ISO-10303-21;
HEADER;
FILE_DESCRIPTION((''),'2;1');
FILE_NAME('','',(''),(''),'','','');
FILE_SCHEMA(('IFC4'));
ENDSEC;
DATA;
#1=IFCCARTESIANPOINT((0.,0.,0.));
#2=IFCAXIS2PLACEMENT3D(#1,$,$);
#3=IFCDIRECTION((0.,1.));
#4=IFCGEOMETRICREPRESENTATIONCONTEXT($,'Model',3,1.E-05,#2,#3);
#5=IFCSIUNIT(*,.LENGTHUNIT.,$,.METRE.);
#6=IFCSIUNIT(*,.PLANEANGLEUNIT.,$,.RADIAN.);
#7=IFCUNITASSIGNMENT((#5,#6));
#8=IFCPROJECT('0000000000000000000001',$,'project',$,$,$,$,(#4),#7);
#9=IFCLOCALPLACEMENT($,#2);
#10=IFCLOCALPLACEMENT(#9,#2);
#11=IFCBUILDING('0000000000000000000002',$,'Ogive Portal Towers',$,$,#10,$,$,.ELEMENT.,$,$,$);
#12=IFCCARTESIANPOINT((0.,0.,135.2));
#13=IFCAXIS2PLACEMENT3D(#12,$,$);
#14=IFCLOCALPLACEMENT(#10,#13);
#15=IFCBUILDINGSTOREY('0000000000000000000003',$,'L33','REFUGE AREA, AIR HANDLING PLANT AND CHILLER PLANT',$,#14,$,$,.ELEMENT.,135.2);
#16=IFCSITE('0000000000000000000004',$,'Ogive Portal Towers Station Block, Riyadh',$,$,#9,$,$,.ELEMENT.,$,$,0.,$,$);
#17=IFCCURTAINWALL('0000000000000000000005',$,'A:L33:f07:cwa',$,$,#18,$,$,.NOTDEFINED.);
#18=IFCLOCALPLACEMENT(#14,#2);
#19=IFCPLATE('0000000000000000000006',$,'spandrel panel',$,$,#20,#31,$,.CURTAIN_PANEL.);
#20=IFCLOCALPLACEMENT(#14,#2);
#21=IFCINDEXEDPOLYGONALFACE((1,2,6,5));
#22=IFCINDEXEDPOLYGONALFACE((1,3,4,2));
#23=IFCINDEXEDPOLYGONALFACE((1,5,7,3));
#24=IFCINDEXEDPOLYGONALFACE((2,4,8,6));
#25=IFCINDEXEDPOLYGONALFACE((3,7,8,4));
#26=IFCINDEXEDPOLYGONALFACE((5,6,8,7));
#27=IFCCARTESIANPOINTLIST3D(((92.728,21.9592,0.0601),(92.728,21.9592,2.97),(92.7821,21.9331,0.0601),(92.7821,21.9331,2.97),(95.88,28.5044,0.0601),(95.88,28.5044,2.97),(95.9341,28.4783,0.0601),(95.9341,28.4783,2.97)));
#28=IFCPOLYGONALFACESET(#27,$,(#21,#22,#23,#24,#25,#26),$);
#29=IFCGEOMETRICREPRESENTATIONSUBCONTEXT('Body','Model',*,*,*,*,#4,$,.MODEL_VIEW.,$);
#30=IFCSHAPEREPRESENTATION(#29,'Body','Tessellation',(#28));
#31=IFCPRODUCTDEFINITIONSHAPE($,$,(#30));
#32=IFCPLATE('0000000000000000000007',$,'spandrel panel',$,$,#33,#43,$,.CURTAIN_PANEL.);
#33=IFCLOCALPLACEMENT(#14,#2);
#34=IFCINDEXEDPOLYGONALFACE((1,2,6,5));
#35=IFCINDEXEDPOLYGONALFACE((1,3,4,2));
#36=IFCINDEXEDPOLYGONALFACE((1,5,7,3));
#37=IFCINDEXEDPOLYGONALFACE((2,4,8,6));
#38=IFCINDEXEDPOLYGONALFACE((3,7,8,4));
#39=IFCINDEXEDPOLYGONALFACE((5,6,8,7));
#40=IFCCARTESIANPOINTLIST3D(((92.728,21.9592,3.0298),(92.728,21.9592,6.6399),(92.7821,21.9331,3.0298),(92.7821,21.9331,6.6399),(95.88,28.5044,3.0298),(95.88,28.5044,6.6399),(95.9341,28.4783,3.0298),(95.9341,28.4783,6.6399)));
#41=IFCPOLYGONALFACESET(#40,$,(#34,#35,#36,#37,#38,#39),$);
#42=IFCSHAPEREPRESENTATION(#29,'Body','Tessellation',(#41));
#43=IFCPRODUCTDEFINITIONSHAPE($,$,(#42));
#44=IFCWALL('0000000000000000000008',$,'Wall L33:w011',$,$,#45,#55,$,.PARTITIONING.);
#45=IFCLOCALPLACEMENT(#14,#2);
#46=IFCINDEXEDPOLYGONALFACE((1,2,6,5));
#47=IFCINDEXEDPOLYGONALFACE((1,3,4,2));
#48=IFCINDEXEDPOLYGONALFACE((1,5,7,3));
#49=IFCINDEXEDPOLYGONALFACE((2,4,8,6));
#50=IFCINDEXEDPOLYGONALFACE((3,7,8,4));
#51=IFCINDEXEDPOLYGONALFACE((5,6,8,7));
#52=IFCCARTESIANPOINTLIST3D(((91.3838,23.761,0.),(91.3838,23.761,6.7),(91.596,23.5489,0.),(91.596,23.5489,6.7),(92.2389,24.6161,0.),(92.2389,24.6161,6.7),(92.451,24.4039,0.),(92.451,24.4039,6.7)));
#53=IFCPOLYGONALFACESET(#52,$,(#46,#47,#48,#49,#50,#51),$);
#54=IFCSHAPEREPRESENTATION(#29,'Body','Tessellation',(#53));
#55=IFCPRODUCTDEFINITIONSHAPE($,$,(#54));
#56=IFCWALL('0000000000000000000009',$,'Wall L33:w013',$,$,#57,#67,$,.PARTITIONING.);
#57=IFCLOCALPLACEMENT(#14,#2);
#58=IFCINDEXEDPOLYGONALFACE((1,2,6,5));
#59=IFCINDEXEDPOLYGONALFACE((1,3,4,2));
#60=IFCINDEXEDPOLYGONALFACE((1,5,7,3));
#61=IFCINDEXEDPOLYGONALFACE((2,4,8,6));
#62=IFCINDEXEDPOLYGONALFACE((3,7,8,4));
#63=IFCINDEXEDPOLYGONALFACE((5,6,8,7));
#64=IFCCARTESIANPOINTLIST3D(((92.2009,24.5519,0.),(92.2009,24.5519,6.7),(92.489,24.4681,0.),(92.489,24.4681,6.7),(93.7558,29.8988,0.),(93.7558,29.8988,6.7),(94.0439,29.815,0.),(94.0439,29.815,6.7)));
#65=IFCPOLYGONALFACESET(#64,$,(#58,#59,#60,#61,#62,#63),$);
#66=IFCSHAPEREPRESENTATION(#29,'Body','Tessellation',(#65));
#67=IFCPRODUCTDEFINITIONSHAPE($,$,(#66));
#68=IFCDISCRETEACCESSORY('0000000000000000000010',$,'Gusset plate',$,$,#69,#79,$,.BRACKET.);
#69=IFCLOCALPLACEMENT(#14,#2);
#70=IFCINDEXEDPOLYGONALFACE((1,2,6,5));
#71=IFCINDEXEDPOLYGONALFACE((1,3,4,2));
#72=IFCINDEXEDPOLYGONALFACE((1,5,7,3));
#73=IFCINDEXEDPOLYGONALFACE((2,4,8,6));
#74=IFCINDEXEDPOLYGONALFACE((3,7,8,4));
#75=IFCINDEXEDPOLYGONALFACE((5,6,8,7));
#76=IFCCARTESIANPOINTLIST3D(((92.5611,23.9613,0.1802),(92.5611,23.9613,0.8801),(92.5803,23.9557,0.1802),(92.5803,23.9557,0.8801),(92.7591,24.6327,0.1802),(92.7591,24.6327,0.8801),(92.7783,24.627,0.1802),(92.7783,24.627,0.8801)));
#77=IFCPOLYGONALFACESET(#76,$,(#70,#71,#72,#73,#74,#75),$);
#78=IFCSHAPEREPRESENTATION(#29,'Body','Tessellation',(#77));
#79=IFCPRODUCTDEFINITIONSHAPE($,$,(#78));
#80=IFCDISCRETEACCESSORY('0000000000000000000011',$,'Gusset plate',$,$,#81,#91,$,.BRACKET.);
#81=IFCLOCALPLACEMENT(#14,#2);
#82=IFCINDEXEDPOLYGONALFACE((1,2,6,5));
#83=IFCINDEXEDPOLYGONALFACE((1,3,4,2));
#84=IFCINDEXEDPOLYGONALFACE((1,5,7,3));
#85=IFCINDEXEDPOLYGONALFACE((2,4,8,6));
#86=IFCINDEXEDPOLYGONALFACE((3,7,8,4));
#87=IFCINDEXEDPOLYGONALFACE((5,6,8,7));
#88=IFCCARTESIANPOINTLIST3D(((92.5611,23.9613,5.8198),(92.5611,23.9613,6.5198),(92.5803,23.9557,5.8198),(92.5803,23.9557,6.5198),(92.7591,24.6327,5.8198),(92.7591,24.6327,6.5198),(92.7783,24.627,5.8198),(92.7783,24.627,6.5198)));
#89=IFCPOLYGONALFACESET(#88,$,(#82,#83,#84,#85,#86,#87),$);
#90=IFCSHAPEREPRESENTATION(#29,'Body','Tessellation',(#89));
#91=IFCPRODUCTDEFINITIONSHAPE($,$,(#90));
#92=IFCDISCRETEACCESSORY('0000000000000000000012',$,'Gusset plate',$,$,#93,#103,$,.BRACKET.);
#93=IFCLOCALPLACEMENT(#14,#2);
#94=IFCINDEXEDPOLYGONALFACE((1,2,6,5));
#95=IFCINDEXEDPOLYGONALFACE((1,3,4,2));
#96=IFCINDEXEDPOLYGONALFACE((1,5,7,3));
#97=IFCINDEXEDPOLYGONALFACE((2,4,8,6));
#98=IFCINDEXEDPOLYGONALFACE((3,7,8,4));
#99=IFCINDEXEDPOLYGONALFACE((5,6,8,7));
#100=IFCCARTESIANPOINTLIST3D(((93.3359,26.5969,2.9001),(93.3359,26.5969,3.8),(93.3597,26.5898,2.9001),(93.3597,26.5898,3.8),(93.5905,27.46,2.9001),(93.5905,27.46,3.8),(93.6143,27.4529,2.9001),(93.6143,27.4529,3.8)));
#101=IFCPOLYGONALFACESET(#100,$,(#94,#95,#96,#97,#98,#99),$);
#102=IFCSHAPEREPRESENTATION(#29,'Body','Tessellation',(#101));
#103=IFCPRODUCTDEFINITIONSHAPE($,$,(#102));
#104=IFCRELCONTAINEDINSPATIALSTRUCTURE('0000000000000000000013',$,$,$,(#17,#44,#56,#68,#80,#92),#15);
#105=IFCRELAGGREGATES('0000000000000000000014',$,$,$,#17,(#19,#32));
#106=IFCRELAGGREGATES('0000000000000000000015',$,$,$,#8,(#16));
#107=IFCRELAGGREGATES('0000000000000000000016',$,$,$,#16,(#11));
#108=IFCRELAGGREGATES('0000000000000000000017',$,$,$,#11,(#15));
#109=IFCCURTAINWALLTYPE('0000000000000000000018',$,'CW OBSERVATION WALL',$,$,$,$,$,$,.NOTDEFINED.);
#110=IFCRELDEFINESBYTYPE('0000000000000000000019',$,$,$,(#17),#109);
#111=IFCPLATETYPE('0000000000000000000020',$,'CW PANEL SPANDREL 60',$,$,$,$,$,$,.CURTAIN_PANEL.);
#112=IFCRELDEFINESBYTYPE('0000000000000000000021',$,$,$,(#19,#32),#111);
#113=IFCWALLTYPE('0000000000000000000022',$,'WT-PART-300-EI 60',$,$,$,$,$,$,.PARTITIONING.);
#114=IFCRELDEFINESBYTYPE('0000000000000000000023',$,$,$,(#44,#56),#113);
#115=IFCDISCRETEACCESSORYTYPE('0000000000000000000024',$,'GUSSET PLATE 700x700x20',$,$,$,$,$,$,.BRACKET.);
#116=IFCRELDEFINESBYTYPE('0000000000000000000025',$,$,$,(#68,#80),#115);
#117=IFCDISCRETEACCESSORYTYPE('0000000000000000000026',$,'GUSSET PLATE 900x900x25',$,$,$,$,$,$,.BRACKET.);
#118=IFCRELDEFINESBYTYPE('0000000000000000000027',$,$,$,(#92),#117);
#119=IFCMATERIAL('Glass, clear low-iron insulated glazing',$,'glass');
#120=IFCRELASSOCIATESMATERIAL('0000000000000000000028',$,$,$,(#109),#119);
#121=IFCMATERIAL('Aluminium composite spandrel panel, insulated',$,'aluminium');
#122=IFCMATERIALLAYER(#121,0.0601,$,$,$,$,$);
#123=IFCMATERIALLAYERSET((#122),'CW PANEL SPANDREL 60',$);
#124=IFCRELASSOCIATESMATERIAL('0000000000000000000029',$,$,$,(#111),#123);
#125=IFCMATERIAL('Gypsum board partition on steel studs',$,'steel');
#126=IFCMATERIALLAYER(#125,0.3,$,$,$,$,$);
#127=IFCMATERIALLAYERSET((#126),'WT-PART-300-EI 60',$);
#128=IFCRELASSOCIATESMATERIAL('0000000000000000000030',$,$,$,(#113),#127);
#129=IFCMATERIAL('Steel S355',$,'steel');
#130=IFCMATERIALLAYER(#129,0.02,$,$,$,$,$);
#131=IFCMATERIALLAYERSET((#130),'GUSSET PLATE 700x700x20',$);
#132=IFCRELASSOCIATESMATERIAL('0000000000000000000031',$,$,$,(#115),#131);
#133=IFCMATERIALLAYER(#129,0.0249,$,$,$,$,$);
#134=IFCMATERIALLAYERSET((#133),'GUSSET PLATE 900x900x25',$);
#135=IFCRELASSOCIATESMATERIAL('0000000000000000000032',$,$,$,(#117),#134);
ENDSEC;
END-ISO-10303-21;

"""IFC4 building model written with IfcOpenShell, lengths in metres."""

from ifc_helpers import new_model, si_unit, direction, frame, frame_2d, origin, origin_2d, place, context, subcontext, project, spatial, rectangle, extrude, material, layer, layer_set, type_object, element, aggregate, save


model = new_model("IFC4")

# Units and contexts
model_context = context("Model", 3, precision=1e-05, world=origin(), true_north=direction((0.0, 1.0)))
body_context = subcontext(model_context, "Body", "Model", "MODEL_VIEW")
ifc_project = project(units=[si_unit("LENGTHUNIT", "METRE"), si_unit("PLANEANGLEUNIT", "RADIAN")], contexts=[model_context])

# Site, building, storey
site_placement = place(None, origin())
site = spatial("IfcSite", under=ifc_project, at=site_placement, Name="Ogive Portal Towers Station Block, Riyadh", CompositionType="ELEMENT", RefElevation=0.0)
building_placement = place(site_placement, origin())
building = spatial("IfcBuilding", under=site, at=building_placement, Name="Ogive Portal Towers", CompositionType="ELEMENT")
storey_placement = place(building_placement, frame((0.0, 0.0, 135.2)))
storey = spatial("IfcBuildingStorey", under=building, at=storey_placement, Name="L33", Description="REFUGE AREA, AIR HANDLING PLANT AND CHILLER PLANT", CompositionType="ELEMENT", Elevation=135.2)

# Shared definitions
ifc_material_1 = material(Name="Steel S355", Category="steel")

# Curtain wall
ifc_material_2 = material(Name="Glass, clear low-iron insulated glazing", Category="glass")
curtain_wall_type = type_object("IfcCurtainWallType", Name="CW OBSERVATION WALL", PredefinedType="NOTDEFINED", material=ifc_material_2)
curtain_wall_1_placement = place(storey_placement, origin())
curtain_wall_1 = element("IfcCurtainWall", 1, at=curtain_wall_1_placement, inside=storey, type_object=curtain_wall_type, Name="A:L33:f07:cwa", PredefinedType="NOTDEFINED")

# Plates
ifc_material_3 = material(Name="Aluminium composite spandrel panel, insulated", Category="aluminium")
ifc_layer_1 = layer(ifc_material_3, 0.0601)
ifc_layer_set_1 = layer_set([ifc_layer_1], Name="CW PANEL SPANDREL 60")
plate_type = type_object("IfcPlateType", Name="CW PANEL SPANDREL 60", PredefinedType="CURTAIN_PANEL", material=ifc_layer_set_1)
plate_1_placement = place(storey_placement, frame((94.3311, 25.2188, 0.0601), z_axis=(0.0, 0.0, 1.0), x_axis=(0.433884, 0.900969, 0.0)))
plate_1 = element("IfcPlate", 2, at=plate_1_placement, type_object=plate_type, Name="spandrel panel", PredefinedType="CURTAIN_PANEL", context=body_context, shape_type="SweptSolid", body=[
    extrude(rectangle(XDim=7.2646, YDim=0.0601, at=origin_2d()), origin(), (0.0, 0.0, 1.0), 2.9099),
])
plate_2_placement = place(storey_placement, frame((94.3311, 25.2188, 3.0298), z_axis=(0.0, 0.0, 1.0), x_axis=(0.433884, 0.900969, 0.0)))
plate_2 = element("IfcPlate", 3, at=plate_2_placement, type_object=plate_type, Name="spandrel panel", PredefinedType="CURTAIN_PANEL", context=body_context, shape_type="SweptSolid", body=[
    extrude(rectangle(XDim=7.2646, YDim=0.0601, at=origin_2d()), origin(), (0.0, 0.0, 1.0), 3.6101),
])
aggregate(curtain_wall_1, [plate_1, plate_2])

# Walls
ifc_material_4 = material(Name="Gypsum board partition on steel studs", Category="steel")
ifc_layer_2 = layer(ifc_material_4, 0.3)
ifc_layer_set_2 = layer_set([ifc_layer_2], Name="WT-PART-300-EI 60")
wall_type = type_object("IfcWallType", Name="WT-PART-300-EI 60", PredefinedType="PARTITIONING", material=ifc_layer_set_2)
wall_1_placement = place(storey_placement, frame((91.49, 23.655, 0.0), z_axis=(0.0, 0.0, 1.0), x_axis=(0.707107, 0.707107, 0.0)))
element("IfcWall", 4, at=wall_1_placement, inside=storey, type_object=wall_type, Name="Wall L33:w011", PredefinedType="PARTITIONING", context=body_context, shape_type="SweptSolid", body=[
    extrude(rectangle(XDim=1.2092, YDim=0.3, at=frame_2d((0.6045, 0.0))), origin(), (0.0, 0.0, 1.0), 6.7),
])
wall_2_placement = place(storey_placement, frame((92.345, 24.51, 0.0), z_axis=(0.0, 0.0, 1.0), x_axis=(0.279241, 0.960221, 0.0)))
element("IfcWall", 5, at=wall_2_placement, inside=storey, type_object=wall_type, Name="Wall L33:w013", PredefinedType="PARTITIONING", context=body_context, shape_type="SweptSolid", body=[
    extrude(rectangle(XDim=5.5684, YDim=0.3, at=frame_2d((2.7842, 0.0))), origin(), (0.0, 0.0, 1.0), 6.7),
])

# Discrete accessories
ifc_layer_3 = layer(ifc_material_1, 0.02)
ifc_layer_set_3 = layer_set([ifc_layer_3], Name="GUSSET PLATE 700x700x20")
discrete_accessory_type_1 = type_object("IfcDiscreteAccessoryType", Name="GUSSET PLATE 700x700x20", PredefinedType="BRACKET", material=ifc_layer_set_3)
for number, where, z_axis, x_axis, name in (
    (6, (92.6697, 24.2942, 0.1802), (0.0, 0.0, 1.0), (0.282894, 0.959151, 0.0), "Gusset plate"),
    (7, (92.6697, 24.2942, 5.8198), (0.0, 0.0, 1.0), (0.282894, 0.959151, 0.0), "Gusset plate"),
):
    element("IfcDiscreteAccessory", number, at=place(storey_placement, frame(where, z_axis=z_axis, x_axis=x_axis)), inside=storey, type_object=discrete_accessory_type_1, Name=name, PredefinedType="BRACKET", context=body_context, shape_type="SweptSolid", body=[
        extrude(rectangle(XDim=0.7, YDim=0.02, at=origin_2d()), origin(), (0.0, 0.0, 1.0), 0.7),
    ])
ifc_layer_4 = layer(ifc_material_1, 0.0249)
ifc_layer_set_4 = layer_set([ifc_layer_4], Name="GUSSET PLATE 900x900x25")
discrete_accessory_type_2 = type_object("IfcDiscreteAccessoryType", Name="GUSSET PLATE 900x900x25", PredefinedType="BRACKET", material=ifc_layer_set_4)
discrete_accessory_placement = place(storey_placement, frame((93.4751, 27.0249, 2.9001), z_axis=(0.0, 0.0, 1.0), x_axis=(0.282911, 0.959146, 0.0)))
element("IfcDiscreteAccessory", 8, at=discrete_accessory_placement, inside=storey, type_object=discrete_accessory_type_2, Name="Gusset plate", PredefinedType="BRACKET", context=body_context, shape_type="SweptSolid", body=[
    extrude(rectangle(XDim=0.8999, YDim=0.0249, at=origin_2d()), origin(), (0.0, 0.0, 1.0), 0.8999),
])

save(model, "model.ifc")
